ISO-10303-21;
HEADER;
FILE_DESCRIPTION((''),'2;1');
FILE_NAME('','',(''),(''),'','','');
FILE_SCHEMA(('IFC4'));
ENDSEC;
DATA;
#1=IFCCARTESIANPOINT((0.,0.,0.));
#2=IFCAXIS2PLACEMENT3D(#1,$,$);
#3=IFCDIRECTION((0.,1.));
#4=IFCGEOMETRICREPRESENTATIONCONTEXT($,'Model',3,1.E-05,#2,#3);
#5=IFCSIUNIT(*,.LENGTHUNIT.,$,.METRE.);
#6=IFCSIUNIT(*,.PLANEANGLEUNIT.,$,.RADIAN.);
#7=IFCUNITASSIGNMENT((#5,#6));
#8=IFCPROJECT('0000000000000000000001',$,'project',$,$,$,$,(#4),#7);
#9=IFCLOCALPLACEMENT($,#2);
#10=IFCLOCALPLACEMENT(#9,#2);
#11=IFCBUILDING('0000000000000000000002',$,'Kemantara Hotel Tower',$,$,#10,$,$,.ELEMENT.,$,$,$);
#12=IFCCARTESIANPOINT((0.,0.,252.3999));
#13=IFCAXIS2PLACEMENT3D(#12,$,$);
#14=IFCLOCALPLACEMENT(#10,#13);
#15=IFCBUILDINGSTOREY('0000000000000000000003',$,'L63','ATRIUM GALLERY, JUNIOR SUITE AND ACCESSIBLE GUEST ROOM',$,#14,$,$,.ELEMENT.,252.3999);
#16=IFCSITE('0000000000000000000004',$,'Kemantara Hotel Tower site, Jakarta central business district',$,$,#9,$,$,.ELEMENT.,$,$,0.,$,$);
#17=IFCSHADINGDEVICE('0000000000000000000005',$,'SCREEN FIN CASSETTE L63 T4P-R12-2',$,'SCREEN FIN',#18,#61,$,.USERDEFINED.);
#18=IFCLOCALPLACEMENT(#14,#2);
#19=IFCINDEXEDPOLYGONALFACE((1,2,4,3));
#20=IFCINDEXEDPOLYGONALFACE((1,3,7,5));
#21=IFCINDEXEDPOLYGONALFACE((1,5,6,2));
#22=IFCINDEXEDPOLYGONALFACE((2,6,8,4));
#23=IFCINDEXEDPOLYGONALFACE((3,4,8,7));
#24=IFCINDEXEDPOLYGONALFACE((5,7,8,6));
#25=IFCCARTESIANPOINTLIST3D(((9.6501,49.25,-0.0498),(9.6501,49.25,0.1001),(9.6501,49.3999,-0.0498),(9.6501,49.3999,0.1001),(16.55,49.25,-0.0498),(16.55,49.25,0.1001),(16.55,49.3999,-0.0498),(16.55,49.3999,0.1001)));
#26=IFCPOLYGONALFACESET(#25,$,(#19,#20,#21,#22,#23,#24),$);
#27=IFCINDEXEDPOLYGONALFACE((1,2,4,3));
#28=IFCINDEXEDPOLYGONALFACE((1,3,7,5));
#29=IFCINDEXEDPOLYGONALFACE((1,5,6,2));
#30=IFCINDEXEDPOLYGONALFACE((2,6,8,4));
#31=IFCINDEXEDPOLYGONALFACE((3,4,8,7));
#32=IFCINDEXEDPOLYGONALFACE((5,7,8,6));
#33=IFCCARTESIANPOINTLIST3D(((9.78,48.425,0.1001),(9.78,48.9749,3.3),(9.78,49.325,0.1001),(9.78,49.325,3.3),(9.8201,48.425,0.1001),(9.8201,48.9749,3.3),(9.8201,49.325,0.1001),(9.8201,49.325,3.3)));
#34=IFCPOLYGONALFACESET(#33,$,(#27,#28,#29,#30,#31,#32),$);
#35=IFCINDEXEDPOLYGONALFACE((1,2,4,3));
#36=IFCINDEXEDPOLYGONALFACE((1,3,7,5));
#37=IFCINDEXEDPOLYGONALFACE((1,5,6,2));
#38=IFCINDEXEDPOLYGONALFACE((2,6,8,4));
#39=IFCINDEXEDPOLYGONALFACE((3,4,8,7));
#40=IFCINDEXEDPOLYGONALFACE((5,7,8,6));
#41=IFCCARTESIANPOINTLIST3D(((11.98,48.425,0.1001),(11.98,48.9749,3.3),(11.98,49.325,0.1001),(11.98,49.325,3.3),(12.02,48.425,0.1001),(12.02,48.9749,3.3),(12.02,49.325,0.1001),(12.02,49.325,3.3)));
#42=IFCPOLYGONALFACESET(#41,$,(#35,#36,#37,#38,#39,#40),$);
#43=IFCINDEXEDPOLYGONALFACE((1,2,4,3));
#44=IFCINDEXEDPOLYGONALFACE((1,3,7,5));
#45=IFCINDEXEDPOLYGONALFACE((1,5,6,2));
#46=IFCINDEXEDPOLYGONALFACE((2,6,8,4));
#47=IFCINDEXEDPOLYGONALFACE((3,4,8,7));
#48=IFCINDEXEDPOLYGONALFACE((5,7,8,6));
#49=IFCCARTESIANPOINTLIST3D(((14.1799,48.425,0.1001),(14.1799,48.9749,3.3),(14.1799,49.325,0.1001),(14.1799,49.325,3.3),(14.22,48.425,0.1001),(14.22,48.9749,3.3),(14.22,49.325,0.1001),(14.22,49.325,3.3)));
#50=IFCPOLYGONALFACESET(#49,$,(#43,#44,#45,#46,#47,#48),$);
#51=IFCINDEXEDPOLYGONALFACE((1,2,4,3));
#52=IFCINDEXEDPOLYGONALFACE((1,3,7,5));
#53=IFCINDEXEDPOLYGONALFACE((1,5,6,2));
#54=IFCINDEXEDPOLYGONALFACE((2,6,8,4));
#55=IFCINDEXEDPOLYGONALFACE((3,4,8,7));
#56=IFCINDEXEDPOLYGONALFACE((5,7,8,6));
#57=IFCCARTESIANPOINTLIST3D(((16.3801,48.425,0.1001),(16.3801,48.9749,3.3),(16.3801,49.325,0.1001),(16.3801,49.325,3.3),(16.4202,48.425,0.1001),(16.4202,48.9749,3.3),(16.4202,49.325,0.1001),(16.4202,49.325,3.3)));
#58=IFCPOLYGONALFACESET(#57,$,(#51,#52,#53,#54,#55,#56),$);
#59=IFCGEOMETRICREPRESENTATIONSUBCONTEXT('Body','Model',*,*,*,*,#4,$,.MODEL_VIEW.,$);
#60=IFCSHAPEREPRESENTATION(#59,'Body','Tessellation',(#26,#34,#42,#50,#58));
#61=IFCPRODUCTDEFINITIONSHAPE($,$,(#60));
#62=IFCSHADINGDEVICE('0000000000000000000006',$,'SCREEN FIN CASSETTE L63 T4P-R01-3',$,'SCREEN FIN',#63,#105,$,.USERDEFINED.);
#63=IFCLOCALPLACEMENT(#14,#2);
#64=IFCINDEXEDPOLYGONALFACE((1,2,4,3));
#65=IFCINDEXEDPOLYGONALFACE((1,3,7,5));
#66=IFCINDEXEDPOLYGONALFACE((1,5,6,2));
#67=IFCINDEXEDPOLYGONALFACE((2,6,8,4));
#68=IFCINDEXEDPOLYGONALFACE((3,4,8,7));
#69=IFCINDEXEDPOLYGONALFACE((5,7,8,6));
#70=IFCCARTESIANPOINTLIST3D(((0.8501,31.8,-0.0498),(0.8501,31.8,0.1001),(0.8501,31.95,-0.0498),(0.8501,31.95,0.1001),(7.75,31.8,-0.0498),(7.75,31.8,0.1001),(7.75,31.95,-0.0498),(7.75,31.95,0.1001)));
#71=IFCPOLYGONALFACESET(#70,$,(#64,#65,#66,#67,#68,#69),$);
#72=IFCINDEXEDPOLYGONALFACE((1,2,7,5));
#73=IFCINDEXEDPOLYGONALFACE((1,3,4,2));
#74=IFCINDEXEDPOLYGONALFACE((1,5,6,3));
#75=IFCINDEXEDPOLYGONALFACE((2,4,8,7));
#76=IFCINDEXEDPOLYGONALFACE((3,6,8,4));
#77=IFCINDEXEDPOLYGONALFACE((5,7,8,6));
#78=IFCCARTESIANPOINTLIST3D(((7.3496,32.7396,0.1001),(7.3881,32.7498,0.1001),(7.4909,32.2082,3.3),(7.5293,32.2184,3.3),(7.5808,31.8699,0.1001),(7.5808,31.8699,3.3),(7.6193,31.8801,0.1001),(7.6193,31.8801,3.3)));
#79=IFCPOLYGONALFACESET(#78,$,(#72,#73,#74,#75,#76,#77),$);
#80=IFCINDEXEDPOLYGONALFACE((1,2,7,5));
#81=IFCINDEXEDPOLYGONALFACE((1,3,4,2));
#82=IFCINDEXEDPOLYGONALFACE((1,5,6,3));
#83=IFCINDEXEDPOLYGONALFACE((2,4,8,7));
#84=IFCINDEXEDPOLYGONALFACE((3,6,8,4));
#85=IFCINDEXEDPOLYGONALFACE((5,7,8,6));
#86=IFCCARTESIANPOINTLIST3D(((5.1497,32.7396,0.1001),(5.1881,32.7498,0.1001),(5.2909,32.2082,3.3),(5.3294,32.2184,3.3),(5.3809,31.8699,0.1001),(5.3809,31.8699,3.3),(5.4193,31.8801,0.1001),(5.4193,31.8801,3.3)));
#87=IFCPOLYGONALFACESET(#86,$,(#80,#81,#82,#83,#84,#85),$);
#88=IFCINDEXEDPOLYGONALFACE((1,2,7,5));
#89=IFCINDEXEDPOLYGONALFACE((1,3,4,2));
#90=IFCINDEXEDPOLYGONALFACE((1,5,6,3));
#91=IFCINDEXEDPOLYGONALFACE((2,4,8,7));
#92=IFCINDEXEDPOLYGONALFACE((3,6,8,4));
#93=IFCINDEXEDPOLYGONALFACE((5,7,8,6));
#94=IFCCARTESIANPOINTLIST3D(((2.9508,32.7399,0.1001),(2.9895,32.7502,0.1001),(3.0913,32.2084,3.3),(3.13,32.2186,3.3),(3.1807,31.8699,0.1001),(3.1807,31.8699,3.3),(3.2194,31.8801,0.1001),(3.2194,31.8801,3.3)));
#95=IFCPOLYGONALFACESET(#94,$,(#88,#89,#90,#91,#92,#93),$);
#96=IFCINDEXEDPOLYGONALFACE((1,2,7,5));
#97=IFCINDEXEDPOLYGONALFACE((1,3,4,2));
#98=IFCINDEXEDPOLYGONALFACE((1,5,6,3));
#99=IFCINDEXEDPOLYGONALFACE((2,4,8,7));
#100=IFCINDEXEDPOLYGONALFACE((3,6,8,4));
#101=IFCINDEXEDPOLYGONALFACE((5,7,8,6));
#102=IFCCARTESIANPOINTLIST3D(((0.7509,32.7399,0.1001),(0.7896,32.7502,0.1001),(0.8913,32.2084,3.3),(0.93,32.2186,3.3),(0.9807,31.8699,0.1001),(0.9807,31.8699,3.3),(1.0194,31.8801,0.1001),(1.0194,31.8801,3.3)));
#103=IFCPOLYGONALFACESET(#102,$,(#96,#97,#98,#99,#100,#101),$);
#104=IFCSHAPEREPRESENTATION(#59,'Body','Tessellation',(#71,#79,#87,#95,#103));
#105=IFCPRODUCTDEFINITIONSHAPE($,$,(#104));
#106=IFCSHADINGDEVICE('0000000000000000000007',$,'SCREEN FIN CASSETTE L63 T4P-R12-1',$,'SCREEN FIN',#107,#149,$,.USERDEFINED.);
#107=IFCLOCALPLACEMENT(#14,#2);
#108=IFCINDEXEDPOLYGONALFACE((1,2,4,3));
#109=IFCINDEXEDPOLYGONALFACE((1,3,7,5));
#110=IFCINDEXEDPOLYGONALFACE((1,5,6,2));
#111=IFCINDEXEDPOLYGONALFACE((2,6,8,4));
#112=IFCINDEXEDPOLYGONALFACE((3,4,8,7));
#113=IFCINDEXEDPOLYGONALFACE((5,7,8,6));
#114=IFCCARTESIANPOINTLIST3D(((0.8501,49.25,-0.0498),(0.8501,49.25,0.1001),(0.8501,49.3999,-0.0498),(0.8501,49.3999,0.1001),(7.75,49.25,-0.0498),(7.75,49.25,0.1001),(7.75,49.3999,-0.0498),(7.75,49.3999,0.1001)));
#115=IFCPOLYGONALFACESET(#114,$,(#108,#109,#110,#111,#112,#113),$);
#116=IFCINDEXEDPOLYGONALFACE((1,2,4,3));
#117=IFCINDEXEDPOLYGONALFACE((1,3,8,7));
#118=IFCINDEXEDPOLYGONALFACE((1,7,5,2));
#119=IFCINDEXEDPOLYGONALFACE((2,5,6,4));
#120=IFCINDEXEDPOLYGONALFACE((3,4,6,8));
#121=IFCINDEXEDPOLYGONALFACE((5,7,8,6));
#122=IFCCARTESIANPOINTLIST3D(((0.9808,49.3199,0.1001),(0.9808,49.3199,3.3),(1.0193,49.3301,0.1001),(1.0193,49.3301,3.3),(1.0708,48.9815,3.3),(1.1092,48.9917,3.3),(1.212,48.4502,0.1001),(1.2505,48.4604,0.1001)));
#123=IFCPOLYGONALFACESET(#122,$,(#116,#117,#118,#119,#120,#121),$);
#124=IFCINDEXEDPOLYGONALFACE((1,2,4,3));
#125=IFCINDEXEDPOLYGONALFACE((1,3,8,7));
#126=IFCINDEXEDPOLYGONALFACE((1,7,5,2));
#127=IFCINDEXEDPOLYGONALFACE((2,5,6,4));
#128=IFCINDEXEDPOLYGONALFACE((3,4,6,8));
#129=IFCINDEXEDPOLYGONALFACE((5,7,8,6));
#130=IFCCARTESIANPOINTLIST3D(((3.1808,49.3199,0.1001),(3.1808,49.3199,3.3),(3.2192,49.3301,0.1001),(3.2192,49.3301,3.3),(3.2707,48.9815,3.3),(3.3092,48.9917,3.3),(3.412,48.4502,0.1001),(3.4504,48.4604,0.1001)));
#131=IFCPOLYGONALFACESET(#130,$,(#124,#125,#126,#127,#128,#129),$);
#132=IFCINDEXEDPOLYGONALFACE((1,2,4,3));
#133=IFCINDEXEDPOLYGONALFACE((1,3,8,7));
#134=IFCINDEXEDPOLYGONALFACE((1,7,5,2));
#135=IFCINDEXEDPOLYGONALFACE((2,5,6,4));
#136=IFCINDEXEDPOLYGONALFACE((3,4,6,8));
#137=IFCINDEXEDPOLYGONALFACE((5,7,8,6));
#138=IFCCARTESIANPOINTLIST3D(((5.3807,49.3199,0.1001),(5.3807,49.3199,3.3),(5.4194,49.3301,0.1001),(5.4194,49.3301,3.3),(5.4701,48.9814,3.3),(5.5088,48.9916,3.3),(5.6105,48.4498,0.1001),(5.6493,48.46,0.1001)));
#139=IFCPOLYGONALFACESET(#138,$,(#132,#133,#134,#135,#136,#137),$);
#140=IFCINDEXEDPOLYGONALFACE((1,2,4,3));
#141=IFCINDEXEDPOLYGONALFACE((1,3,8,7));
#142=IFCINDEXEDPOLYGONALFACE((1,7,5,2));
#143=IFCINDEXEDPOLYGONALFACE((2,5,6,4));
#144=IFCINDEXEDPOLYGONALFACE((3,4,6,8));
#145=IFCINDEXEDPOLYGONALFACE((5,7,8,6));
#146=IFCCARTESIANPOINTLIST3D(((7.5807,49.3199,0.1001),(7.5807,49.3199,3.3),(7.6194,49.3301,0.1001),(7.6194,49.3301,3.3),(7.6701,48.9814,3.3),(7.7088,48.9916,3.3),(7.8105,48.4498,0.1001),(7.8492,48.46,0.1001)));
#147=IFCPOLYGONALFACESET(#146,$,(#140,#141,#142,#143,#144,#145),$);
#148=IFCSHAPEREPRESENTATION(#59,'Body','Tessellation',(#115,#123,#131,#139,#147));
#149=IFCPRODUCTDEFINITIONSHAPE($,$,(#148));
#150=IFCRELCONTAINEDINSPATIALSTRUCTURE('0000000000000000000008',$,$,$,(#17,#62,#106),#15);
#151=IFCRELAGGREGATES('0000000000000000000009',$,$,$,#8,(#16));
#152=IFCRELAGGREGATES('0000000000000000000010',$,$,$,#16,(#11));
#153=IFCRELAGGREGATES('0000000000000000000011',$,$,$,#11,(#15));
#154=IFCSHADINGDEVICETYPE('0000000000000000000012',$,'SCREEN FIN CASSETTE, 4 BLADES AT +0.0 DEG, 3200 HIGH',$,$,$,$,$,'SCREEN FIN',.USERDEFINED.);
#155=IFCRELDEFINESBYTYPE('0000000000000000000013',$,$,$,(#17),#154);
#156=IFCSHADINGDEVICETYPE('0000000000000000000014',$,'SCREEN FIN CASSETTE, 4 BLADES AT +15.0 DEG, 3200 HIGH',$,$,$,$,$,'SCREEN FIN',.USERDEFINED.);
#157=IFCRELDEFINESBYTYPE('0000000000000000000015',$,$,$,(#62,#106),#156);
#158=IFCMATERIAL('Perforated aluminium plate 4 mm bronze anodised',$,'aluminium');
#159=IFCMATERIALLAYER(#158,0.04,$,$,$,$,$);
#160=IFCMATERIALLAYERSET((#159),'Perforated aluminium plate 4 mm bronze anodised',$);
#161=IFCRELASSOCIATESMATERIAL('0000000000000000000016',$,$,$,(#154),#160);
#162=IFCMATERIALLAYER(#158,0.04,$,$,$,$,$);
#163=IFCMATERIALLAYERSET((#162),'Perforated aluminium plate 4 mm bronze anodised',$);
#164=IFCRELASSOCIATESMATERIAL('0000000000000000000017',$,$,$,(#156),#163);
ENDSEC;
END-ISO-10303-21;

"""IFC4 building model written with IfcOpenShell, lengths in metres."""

from ifc_helpers import new_model, si_unit, direction, frame, origin, origin_2d, place, context, subcontext, project, spatial, polyline, rectangle, outline, extrude, source, transform, mapped, material, layer, layer_set, type_object, element, save


model = new_model("IFC4")

# Units and contexts
model_context = context("Model", 3, precision=1e-05, world=origin(), true_north=direction((0.0, 1.0)))
body_context = subcontext(model_context, "Body", "Model", "MODEL_VIEW")
ifc_project = project(units=[si_unit("LENGTHUNIT", "METRE"), si_unit("PLANEANGLEUNIT", "RADIAN")], contexts=[model_context])

# Site, building, storey
site_placement = place(None, origin())
site = spatial("IfcSite", under=ifc_project, at=site_placement, Name="Kemantara Hotel Tower site, Jakarta central business district", CompositionType="ELEMENT", RefElevation=0.0)
building_placement = place(site_placement, origin())
building = spatial("IfcBuilding", under=site, at=building_placement, Name="Kemantara Hotel Tower", CompositionType="ELEMENT")
storey_placement = place(building_placement, frame((0.0, 0.0, 252.3999)))
storey = spatial("IfcBuildingStorey", under=building, at=storey_placement, Name="L63", Description="ATRIUM GALLERY, JUNIOR SUITE AND ACCESSIBLE GUEST ROOM", CompositionType="ELEMENT", Elevation=252.3999)

# Shading devices
ifc_material_1 = material(Name="Perforated aluminium plate 4 mm bronze anodised", Category="aluminium")
ifc_layer_1 = layer(ifc_material_1, 0.04)
ifc_layer_set_1 = layer_set([ifc_layer_1], Name="Perforated aluminium plate 4 mm bronze anodised")
shading_device_type_1 = type_object("IfcShadingDeviceType", Name="SCREEN FIN CASSETTE, 4 BLADES AT +0.0 DEG, 3200 HIGH", ElementType="SCREEN FIN", PredefinedType="USERDEFINED", material=ifc_layer_set_1)
shared_shape_1 = source(origin(), body_context, "Body", "SweptSolid", [
    extrude(rectangle(XDim=6.8999, YDim=0.1499, at=origin_2d()), frame((3.3, -0.075, -0.1499), z_axis=(0.0, 0.0, 1.0), x_axis=(1.0, 0.0, 0.0)), (0.0, 0.0, 1.0), 0.1499),
    extrude(outline(polyline([(0.0, 0.0), (0.8999, 0.0), (0.3501, 3.2), (0.0, 3.2), (0.0, 0.0)])), frame((0.02, -0.075, 0.0), z_axis=(-1.0, 0.0, 0.0), x_axis=(0.0, -1.0, 0.0)), (0.0, 0.0, 1.0), 0.04),
    extrude(outline(polyline([(0.0, 0.0), (0.8999, 0.0), (0.3501, 3.2), (0.0, 3.2), (0.0, 0.0)])), frame((2.22, -0.075, 0.0), z_axis=(-1.0, 0.0, 0.0), x_axis=(0.0, -1.0, 0.0)), (0.0, 0.0, 1.0), 0.04),
    extrude(outline(polyline([(0.0, 0.0), (0.8999, 0.0), (0.3501, 3.2), (0.0, 3.2), (0.0, 0.0)])), frame((4.4199, -0.075, 0.0), z_axis=(-1.0, 0.0, 0.0), x_axis=(0.0, -1.0, 0.0)), (0.0, 0.0, 1.0), 0.04),
    extrude(outline(polyline([(0.0, 0.0), (0.8999, 0.0), (0.3501, 3.2), (0.0, 3.2), (0.0, 0.0)])), frame((6.6201, -0.075, 0.0), z_axis=(-1.0, 0.0, 0.0), x_axis=(0.0, -1.0, 0.0)), (0.0, 0.0, 1.0), 0.04),
])
shading_device_placement = place(storey_placement, frame((9.8, 49.3999, 0.1001), z_axis=(0.0, 0.0, 1.0), x_axis=(1.0, 0.0, 0.0)))
element("IfcShadingDevice", 1, at=shading_device_placement, inside=storey, type_object=shading_device_type_1, Name="SCREEN FIN CASSETTE L63 T4P-R12-2", ObjectType="SCREEN FIN", PredefinedType="USERDEFINED", context=body_context, shape_type="MappedRepresentation", body=[
    mapped(shared_shape_1, transform((0.0, 0.0, 0.0))),
])
ifc_layer_2 = layer(ifc_material_1, 0.04)
ifc_layer_set_2 = layer_set([ifc_layer_2], Name="Perforated aluminium plate 4 mm bronze anodised")
shading_device_type_2 = type_object("IfcShadingDeviceType", Name="SCREEN FIN CASSETTE, 4 BLADES AT +15.0 DEG, 3200 HIGH", ElementType="SCREEN FIN", PredefinedType="USERDEFINED", material=ifc_layer_set_2)
shared_shape_2 = source(origin(), body_context, "Body", "SweptSolid", [
    extrude(rectangle(XDim=6.8999, YDim=0.1499, at=origin_2d()), frame((3.3, -0.075, -0.1499), z_axis=(0.0, 0.0, 1.0), x_axis=(1.0, 0.0, 0.0)), (0.0, 0.0, 1.0), 0.1499),
    extrude(outline(polyline([(0.0, 0.0), (0.8999, 0.0), (0.3501, 3.2), (0.0, 3.2), (0.0, 0.0)])), frame((0.0193, -0.0698, 0.0), z_axis=(-0.966438, -0.256901, 0.0), x_axis=(0.256901, -0.966438, 0.0)), (0.0, 0.0, 1.0), 0.0398),
    extrude(outline(polyline([(0.0, 0.0), (0.8999, 0.0), (0.3501, 3.2), (0.0, 3.2), (0.0, 0.0)])), frame((2.2192, -0.0698, 0.0), z_axis=(-0.966438, -0.256901, 0.0), x_axis=(0.256901, -0.966438, 0.0)), (0.0, 0.0, 1.0), 0.0398),
    extrude(outline(polyline([(0.0, 0.0), (0.8999, 0.0), (0.3501, 3.2), (0.0, 3.2), (0.0, 0.0)])), frame((4.4194, -0.0698, 0.0), z_axis=(-0.966838, -0.255391, 0.0), x_axis=(0.255391, -0.966838, 0.0)), (0.0, 0.0, 1.0), 0.04),
    extrude(outline(polyline([(0.0, 0.0), (0.8999, 0.0), (0.3501, 3.2), (0.0, 3.2), (0.0, 0.0)])), frame((6.6194, -0.0698, 0.0), z_axis=(-0.966838, -0.255391, 0.0), x_axis=(0.255391, -0.966838, 0.0)), (0.0, 0.0, 1.0), 0.04),
])
for number, where, z_axis, x_axis, name in (
    (2, (7.6001, 31.8, 0.1001), (0.0, 0.0, 1.0), (-1.0, 0.0, 0.0), "SCREEN FIN CASSETTE L63 T4P-R01-3"),
    (3, (1.0, 49.3999, 0.1001), (0.0, 0.0, 1.0), (1.0, 0.0, 0.0), "SCREEN FIN CASSETTE L63 T4P-R12-1"),
):
    element("IfcShadingDevice", number, at=place(storey_placement, frame(where, z_axis=z_axis, x_axis=x_axis)), inside=storey, type_object=shading_device_type_2, Name=name, ObjectType="SCREEN FIN", PredefinedType="USERDEFINED", context=body_context, shape_type="MappedRepresentation", body=[
        mapped(shared_shape_2, transform((0.0, 0.0, 0.0))),
    ])

save(model, "model.ifc")
